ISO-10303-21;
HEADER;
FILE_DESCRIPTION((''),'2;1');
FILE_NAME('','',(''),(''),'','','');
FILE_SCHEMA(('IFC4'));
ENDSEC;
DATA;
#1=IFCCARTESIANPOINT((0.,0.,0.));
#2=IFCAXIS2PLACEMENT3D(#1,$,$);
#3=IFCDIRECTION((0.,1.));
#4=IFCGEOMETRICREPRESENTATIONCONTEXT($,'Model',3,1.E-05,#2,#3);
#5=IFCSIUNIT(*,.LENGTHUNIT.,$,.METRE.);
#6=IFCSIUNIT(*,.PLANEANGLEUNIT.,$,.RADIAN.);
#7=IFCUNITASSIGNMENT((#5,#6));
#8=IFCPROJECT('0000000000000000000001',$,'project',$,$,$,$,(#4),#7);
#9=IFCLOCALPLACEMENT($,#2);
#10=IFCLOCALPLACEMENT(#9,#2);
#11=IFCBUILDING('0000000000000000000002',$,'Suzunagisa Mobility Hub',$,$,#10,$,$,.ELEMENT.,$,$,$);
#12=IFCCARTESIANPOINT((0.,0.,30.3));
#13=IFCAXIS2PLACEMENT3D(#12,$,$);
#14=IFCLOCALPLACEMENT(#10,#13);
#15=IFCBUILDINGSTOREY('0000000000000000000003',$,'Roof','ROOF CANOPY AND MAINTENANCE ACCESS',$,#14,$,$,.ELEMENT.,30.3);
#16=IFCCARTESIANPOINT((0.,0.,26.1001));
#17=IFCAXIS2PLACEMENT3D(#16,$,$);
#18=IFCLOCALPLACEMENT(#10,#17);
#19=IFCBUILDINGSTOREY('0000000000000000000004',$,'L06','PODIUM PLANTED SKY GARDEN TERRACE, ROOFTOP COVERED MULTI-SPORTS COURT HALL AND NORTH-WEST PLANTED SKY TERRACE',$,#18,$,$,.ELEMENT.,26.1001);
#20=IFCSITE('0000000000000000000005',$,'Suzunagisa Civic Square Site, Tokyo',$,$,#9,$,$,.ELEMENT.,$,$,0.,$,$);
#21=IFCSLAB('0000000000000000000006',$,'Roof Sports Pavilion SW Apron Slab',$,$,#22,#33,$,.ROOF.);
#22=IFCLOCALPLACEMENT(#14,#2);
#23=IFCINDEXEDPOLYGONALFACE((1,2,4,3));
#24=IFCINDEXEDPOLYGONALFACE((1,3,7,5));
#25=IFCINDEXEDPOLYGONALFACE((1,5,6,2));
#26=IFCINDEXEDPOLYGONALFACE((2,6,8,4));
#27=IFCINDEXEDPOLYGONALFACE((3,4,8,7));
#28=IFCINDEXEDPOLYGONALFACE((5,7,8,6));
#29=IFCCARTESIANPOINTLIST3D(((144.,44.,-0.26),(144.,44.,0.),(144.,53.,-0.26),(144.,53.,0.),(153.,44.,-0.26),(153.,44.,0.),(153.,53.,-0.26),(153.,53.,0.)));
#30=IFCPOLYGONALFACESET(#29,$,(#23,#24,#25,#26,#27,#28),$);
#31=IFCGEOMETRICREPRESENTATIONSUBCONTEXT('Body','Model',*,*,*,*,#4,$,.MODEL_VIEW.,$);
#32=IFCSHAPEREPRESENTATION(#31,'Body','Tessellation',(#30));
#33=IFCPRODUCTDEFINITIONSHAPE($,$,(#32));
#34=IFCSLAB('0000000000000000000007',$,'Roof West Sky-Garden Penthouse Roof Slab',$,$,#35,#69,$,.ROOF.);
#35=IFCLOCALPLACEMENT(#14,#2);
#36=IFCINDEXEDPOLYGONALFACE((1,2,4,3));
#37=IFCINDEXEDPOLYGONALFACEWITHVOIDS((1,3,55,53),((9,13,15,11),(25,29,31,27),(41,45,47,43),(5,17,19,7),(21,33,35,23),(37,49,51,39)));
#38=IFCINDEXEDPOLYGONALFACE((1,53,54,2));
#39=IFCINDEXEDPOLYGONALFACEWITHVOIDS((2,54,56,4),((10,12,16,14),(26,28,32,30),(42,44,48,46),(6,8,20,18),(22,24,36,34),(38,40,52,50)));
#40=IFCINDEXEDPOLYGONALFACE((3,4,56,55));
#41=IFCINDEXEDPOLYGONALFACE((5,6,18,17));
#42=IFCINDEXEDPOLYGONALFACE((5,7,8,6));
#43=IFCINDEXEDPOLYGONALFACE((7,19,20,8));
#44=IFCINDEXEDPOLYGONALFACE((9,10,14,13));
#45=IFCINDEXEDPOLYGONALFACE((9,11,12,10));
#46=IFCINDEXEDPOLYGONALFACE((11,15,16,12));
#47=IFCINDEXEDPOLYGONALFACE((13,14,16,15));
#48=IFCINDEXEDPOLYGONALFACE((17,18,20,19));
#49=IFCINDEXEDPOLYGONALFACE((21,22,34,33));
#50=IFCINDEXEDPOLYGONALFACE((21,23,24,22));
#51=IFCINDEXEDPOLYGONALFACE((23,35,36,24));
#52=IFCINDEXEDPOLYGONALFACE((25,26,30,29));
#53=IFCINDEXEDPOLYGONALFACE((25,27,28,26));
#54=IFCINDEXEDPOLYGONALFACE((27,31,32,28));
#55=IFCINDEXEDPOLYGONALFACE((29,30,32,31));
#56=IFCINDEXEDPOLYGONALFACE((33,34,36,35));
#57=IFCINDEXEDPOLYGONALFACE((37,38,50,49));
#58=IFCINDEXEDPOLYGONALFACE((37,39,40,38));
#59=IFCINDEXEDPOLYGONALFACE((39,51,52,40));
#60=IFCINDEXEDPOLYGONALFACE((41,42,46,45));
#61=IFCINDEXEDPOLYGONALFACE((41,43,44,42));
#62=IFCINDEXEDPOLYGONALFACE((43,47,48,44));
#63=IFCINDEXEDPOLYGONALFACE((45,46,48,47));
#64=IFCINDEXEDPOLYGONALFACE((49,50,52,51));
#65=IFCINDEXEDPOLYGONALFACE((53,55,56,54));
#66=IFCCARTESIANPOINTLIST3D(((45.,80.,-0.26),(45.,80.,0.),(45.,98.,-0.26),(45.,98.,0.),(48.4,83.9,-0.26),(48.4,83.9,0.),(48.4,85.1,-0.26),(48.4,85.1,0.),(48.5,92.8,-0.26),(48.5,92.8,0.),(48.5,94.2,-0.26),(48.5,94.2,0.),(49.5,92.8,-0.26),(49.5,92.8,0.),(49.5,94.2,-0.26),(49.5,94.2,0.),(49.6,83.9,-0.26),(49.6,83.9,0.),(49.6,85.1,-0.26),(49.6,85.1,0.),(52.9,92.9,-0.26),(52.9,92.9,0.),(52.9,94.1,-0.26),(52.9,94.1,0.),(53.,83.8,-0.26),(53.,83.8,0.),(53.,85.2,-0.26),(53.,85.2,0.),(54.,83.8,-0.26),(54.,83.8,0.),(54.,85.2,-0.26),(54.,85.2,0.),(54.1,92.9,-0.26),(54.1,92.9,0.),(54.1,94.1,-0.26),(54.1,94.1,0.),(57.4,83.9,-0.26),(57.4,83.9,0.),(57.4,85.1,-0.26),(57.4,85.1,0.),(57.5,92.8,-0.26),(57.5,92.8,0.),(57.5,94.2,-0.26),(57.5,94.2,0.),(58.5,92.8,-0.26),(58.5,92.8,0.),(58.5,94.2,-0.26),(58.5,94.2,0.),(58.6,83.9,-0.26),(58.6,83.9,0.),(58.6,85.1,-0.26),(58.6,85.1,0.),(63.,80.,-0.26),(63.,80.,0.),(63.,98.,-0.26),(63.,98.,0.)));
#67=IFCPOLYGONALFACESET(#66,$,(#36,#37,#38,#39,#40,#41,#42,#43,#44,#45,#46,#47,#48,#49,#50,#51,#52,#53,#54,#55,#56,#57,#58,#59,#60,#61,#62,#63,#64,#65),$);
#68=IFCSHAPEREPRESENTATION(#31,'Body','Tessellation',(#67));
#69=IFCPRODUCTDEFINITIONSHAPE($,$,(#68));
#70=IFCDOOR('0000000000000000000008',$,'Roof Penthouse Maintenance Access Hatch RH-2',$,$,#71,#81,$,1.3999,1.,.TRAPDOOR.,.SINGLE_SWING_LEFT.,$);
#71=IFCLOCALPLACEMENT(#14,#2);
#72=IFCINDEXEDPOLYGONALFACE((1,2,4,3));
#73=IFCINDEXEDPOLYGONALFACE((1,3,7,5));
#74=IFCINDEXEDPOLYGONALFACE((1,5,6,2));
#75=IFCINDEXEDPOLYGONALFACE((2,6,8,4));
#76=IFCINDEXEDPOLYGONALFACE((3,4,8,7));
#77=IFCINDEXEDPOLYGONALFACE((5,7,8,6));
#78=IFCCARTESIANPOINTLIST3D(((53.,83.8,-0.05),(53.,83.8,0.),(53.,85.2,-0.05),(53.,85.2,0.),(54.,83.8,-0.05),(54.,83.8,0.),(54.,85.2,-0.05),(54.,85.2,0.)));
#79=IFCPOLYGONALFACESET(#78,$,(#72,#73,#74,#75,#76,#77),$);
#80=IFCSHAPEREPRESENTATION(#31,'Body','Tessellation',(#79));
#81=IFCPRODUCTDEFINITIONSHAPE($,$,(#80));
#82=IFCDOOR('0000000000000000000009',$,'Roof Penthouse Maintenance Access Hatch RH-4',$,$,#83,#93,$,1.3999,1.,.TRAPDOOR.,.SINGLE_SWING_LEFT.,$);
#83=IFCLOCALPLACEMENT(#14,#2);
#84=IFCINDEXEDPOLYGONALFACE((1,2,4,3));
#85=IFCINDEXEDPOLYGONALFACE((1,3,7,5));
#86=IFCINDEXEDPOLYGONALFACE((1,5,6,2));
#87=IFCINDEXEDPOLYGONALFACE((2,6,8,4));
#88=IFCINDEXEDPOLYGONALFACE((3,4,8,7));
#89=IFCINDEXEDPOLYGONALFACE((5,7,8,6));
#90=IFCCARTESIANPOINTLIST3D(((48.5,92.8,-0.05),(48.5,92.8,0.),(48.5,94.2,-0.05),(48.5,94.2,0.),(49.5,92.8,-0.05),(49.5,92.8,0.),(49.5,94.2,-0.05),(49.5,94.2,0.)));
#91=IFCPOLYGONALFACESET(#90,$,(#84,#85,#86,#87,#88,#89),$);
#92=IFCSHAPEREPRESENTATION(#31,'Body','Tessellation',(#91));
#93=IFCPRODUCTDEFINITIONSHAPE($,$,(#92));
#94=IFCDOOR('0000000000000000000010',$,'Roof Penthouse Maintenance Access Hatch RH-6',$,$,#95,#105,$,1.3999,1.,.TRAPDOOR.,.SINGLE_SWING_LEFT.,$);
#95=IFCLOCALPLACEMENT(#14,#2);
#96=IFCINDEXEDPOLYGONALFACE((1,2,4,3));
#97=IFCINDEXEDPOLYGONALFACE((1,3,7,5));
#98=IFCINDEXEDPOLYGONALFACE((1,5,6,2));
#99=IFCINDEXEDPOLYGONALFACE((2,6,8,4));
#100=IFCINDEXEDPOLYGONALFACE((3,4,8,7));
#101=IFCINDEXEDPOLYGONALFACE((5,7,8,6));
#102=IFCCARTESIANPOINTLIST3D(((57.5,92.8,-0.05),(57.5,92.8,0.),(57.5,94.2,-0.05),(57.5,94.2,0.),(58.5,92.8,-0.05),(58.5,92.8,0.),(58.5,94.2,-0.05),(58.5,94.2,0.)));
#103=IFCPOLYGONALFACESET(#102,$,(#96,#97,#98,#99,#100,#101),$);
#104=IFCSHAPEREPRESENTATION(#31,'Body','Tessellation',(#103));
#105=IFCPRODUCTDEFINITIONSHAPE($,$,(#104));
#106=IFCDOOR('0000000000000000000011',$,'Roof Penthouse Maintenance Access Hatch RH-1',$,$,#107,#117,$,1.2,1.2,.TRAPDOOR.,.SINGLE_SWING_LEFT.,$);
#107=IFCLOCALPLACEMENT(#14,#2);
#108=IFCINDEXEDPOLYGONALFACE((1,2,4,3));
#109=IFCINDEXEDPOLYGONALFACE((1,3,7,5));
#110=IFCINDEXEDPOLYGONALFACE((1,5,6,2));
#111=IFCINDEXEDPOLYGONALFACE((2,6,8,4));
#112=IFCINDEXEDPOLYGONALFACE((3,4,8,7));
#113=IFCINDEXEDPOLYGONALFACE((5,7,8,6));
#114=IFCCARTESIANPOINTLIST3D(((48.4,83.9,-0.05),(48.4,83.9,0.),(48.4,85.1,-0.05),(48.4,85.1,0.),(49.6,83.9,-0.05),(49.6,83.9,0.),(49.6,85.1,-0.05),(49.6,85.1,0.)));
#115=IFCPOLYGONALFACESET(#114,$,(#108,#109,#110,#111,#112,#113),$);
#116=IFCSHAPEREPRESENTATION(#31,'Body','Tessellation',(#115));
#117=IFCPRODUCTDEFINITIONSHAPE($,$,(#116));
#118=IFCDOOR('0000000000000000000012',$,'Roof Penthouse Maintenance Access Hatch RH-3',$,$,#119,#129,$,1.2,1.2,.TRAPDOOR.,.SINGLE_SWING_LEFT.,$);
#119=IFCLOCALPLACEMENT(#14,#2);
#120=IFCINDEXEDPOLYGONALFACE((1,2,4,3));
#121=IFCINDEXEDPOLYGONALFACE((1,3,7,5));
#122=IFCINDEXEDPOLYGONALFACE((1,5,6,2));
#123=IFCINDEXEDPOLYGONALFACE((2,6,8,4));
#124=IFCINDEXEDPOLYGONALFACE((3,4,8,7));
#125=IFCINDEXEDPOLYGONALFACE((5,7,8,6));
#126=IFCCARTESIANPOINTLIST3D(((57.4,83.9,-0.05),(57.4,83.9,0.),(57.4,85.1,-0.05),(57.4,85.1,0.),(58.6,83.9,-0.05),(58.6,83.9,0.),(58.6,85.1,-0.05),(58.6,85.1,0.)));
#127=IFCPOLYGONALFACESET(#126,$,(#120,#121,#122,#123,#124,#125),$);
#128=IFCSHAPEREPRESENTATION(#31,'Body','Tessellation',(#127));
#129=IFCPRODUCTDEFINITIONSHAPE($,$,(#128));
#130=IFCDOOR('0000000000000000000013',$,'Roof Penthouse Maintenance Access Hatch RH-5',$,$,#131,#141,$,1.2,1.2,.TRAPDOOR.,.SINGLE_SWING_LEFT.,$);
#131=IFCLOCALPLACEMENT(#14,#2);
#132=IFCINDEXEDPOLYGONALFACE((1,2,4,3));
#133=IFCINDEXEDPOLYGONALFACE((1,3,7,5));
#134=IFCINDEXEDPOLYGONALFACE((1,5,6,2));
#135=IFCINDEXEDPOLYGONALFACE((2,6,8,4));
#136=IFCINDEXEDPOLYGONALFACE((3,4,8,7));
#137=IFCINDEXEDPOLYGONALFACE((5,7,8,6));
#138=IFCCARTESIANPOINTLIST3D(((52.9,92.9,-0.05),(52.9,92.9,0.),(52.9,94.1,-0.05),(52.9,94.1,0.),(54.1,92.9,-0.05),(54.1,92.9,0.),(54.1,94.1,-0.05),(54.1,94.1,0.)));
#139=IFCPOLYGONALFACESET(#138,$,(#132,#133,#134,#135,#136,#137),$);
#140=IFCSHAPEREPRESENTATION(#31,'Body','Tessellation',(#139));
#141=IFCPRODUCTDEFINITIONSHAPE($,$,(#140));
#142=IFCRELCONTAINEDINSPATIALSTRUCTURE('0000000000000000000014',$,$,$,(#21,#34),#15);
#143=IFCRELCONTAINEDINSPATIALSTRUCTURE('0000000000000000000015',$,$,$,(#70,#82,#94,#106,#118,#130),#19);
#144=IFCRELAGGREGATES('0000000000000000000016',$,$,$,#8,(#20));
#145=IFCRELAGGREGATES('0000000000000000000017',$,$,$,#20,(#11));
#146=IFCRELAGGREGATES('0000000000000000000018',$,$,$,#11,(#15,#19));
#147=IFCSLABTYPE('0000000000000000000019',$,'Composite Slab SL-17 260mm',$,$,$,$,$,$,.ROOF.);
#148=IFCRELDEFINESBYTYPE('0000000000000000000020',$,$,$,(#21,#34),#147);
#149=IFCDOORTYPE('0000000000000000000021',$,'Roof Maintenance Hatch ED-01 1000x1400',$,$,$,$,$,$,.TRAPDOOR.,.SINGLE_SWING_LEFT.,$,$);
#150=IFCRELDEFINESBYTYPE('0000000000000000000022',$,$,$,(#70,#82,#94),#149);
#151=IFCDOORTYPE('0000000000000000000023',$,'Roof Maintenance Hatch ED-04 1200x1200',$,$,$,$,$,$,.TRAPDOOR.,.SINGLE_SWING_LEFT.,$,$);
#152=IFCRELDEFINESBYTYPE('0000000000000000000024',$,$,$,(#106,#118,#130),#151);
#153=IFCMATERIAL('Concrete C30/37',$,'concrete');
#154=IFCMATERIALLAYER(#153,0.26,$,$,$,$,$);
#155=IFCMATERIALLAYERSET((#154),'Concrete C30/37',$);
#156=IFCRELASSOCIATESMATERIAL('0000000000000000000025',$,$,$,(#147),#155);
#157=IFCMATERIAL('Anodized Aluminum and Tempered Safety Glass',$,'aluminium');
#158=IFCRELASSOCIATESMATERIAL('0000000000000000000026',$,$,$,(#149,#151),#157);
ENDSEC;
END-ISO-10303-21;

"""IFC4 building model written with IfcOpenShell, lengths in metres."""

from ifc_helpers import new_model, si_unit, direction, frame, origin, origin_2d, place, context, subcontext, project, spatial, polyline, rectangle, outline, extrude, material, layer, layer_set, type_object, element, fill, save


model = new_model("IFC4")

# Units and contexts
model_context = context("Model", 3, precision=1e-05, world=origin(), true_north=direction((0.0, 1.0)))
body_context = subcontext(model_context, "Body", "Model", "MODEL_VIEW")
ifc_project = project(units=[si_unit("LENGTHUNIT", "METRE"), si_unit("PLANEANGLEUNIT", "RADIAN")], contexts=[model_context])

# Site, building, storey
site_placement = place(None, origin())
site = spatial("IfcSite", under=ifc_project, at=site_placement, Name="Suzunagisa Civic Square Site, Tokyo", CompositionType="ELEMENT", RefElevation=0.0)
building_placement = place(site_placement, origin())
building = spatial("IfcBuilding", under=site, at=building_placement, Name="Suzunagisa Mobility Hub", CompositionType="ELEMENT")
storey_1_placement = place(building_placement, frame((0.0, 0.0, 30.3)))
storey_1 = spatial("IfcBuildingStorey", under=building, at=storey_1_placement, Name="Roof", Description="ROOF CANOPY AND MAINTENANCE ACCESS", CompositionType="ELEMENT", Elevation=30.3)

# Shared definitions
ifc_material_1 = material(Name="Concrete C30/37", Category="concrete")

# Slab
ifc_layer_1 = layer(ifc_material_1, 0.26)
ifc_layer_set_1 = layer_set([ifc_layer_1], Name="Concrete C30/37")
slab_type_1 = type_object("IfcSlabType", Name="Composite Slab SL-17 260mm", PredefinedType="ROOF", material=ifc_layer_set_1)
slab_1_placement = place(storey_1_placement, frame((0.0, 0.0, -0.26)))
element("IfcSlab", 1, at=slab_1_placement, inside=storey_1, type_object=slab_type_1, Name="Roof Sports Pavilion SW Apron Slab", PredefinedType="ROOF", context=body_context, shape_type="SweptSolid", body=[
    extrude(outline(polyline([(153.0, 44.0), (153.0, 53.0), (144.0, 53.0), (144.0, 44.0), (153.0, 44.0)])), origin(), (0.0, 0.0, 1.0), 0.26),
])

# Slab, openings
slab_2_placement = place(storey_1_placement, frame((0.0, 0.0, -0.26)))
slab_2 = element("IfcSlab", 2, at=slab_2_placement, inside=storey_1, type_object=slab_type_1, Name="Roof West Sky-Garden Penthouse Roof Slab", PredefinedType="ROOF", context=body_context, shape_type="SweptSolid", body=[
    extrude(outline(polyline([(45.0, 80.0), (63.0, 80.0), (63.0, 98.0), (45.0, 98.0), (45.0, 80.0)])), origin(), (0.0, 0.0, 1.0), 0.26),
])
opening_1_placement = place(slab_2_placement, frame((49.0, 84.5, -0.011)))
opening_1 = element("IfcOpeningElement", 3, at=opening_1_placement, cuts=slab_2, PredefinedType="OPENING", context=body_context, shape_type="SweptSolid", body=[
    extrude(rectangle(XDim=1.2, YDim=1.2, at=origin_2d()), origin(), (0.0, 0.0, 1.0), 0.282),
])
opening_2_placement = place(slab_2_placement, frame((53.5, 84.5, -0.011)))
opening_2 = element("IfcOpeningElement", 4, at=opening_2_placement, cuts=slab_2, PredefinedType="OPENING", context=body_context, shape_type="SweptSolid", body=[
    extrude(rectangle(XDim=1.0, YDim=1.3999, at=origin_2d()), origin(), (0.0, 0.0, 1.0), 0.282),
])
opening_3_placement = place(slab_2_placement, frame((58.0, 84.5, -0.011)))
opening_3 = element("IfcOpeningElement", 5, at=opening_3_placement, cuts=slab_2, PredefinedType="OPENING", context=body_context, shape_type="SweptSolid", body=[
    extrude(rectangle(XDim=1.2, YDim=1.2, at=origin_2d()), origin(), (0.0, 0.0, 1.0), 0.282),
])
opening_4_placement = place(slab_2_placement, frame((49.0, 93.5, -0.011)))
opening_4 = element("IfcOpeningElement", 6, at=opening_4_placement, cuts=slab_2, PredefinedType="OPENING", context=body_context, shape_type="SweptSolid", body=[
    extrude(rectangle(XDim=1.0, YDim=1.3999, at=origin_2d()), origin(), (0.0, 0.0, 1.0), 0.282),
])
opening_5_placement = place(slab_2_placement, frame((53.5, 93.5, -0.011)))
opening_5 = element("IfcOpeningElement", 7, at=opening_5_placement, cuts=slab_2, PredefinedType="OPENING", context=body_context, shape_type="SweptSolid", body=[
    extrude(rectangle(XDim=1.2, YDim=1.2, at=origin_2d()), origin(), (0.0, 0.0, 1.0), 0.282),
])
opening_6_placement = place(slab_2_placement, frame((58.0, 93.5, -0.011)))
opening_6 = element("IfcOpeningElement", 8, at=opening_6_placement, cuts=slab_2, PredefinedType="OPENING", context=body_context, shape_type="SweptSolid", body=[
    extrude(rectangle(XDim=1.0, YDim=1.3999, at=origin_2d()), origin(), (0.0, 0.0, 1.0), 0.282),
])

# Shared definitions
storey_2_placement = place(building_placement, frame((0.0, 0.0, 26.1001)))
storey_2 = spatial("IfcBuildingStorey", under=building, at=storey_2_placement, Name="L06", Description="PODIUM PLANTED SKY GARDEN TERRACE, ROOFTOP COVERED MULTI-SPORTS COURT HALL AND NORTH-WEST PLANTED SKY TERRACE", CompositionType="ELEMENT", Elevation=26.1001)

# Doors
ifc_material_2 = material(Name="Anodized Aluminum and Tempered Safety Glass", Category="aluminium")
door_type_1 = type_object("IfcDoorType", Name="Roof Maintenance Hatch ED-01 1000x1400", OperationType="SINGLE_SWING_LEFT", PredefinedType="TRAPDOOR", material=ifc_material_2)
door_1_placement = place(opening_2_placement, frame((0.0, 0.0, 0.2209)))
door_1 = element("IfcDoor", 9, at=door_1_placement, inside=storey_2, type_object=door_type_1, Name="Roof Penthouse Maintenance Access Hatch RH-2", OperationType="SINGLE_SWING_LEFT", OverallHeight=1.3999, OverallWidth=1.0, PredefinedType="TRAPDOOR", context=body_context, shape_type="SweptSolid", body=[
    extrude(rectangle(XDim=1.0, YDim=1.3999, at=origin_2d()), origin(), (0.0, 0.0, 1.0), 0.05),
])
fill(opening_2, door_1)
door_2_placement = place(opening_4_placement, frame((0.0, 0.0, 0.2209)))
door_2 = element("IfcDoor", 10, at=door_2_placement, inside=storey_2, type_object=door_type_1, Name="Roof Penthouse Maintenance Access Hatch RH-4", OperationType="SINGLE_SWING_LEFT", OverallHeight=1.3999, OverallWidth=1.0, PredefinedType="TRAPDOOR", context=body_context, shape_type="SweptSolid", body=[
    extrude(rectangle(XDim=1.0, YDim=1.3999, at=origin_2d()), origin(), (0.0, 0.0, 1.0), 0.05),
])
fill(opening_4, door_2)
door_3_placement = place(opening_6_placement, frame((0.0, 0.0, 0.2209)))
door_3 = element("IfcDoor", 11, at=door_3_placement, inside=storey_2, type_object=door_type_1, Name="Roof Penthouse Maintenance Access Hatch RH-6", OperationType="SINGLE_SWING_LEFT", OverallHeight=1.3999, OverallWidth=1.0, PredefinedType="TRAPDOOR", context=body_context, shape_type="SweptSolid", body=[
    extrude(rectangle(XDim=1.0, YDim=1.3999, at=origin_2d()), origin(), (0.0, 0.0, 1.0), 0.05),
])
fill(opening_6, door_3)
door_type_2 = type_object("IfcDoorType", Name="Roof Maintenance Hatch ED-04 1200x1200", OperationType="SINGLE_SWING_LEFT", PredefinedType="TRAPDOOR", material=ifc_material_2)
door_4_placement = place(opening_1_placement, frame((0.0, 0.0, 0.2209)))
door_4 = element("IfcDoor", 12, at=door_4_placement, inside=storey_2, type_object=door_type_2, Name="Roof Penthouse Maintenance Access Hatch RH-1", OperationType="SINGLE_SWING_LEFT", OverallHeight=1.2, OverallWidth=1.2, PredefinedType="TRAPDOOR", context=body_context, shape_type="SweptSolid", body=[
    extrude(rectangle(XDim=1.2, YDim=1.2, at=origin_2d()), origin(), (0.0, 0.0, 1.0), 0.05),
])
fill(opening_1, door_4)
door_5_placement = place(opening_3_placement, frame((0.0, 0.0, 0.2209)))
door_5 = element("IfcDoor", 13, at=door_5_placement, inside=storey_2, type_object=door_type_2, Name="Roof Penthouse Maintenance Access Hatch RH-3", OperationType="SINGLE_SWING_LEFT", OverallHeight=1.2, OverallWidth=1.2, PredefinedType="TRAPDOOR", context=body_context, shape_type="SweptSolid", body=[
    extrude(rectangle(XDim=1.2, YDim=1.2, at=origin_2d()), origin(), (0.0, 0.0, 1.0), 0.05),
])
fill(opening_3, door_5)
door_6_placement = place(opening_5_placement, frame((0.0, 0.0, 0.2209)))
door_6 = element("IfcDoor", 14, at=door_6_placement, inside=storey_2, type_object=door_type_2, Name="Roof Penthouse Maintenance Access Hatch RH-5", OperationType="SINGLE_SWING_LEFT", OverallHeight=1.2, OverallWidth=1.2, PredefinedType="TRAPDOOR", context=body_context, shape_type="SweptSolid", body=[
    extrude(rectangle(XDim=1.2, YDim=1.2, at=origin_2d()), origin(), (0.0, 0.0, 1.0), 0.05),
])
fill(opening_5, door_6)

save(model, "model.ifc")
